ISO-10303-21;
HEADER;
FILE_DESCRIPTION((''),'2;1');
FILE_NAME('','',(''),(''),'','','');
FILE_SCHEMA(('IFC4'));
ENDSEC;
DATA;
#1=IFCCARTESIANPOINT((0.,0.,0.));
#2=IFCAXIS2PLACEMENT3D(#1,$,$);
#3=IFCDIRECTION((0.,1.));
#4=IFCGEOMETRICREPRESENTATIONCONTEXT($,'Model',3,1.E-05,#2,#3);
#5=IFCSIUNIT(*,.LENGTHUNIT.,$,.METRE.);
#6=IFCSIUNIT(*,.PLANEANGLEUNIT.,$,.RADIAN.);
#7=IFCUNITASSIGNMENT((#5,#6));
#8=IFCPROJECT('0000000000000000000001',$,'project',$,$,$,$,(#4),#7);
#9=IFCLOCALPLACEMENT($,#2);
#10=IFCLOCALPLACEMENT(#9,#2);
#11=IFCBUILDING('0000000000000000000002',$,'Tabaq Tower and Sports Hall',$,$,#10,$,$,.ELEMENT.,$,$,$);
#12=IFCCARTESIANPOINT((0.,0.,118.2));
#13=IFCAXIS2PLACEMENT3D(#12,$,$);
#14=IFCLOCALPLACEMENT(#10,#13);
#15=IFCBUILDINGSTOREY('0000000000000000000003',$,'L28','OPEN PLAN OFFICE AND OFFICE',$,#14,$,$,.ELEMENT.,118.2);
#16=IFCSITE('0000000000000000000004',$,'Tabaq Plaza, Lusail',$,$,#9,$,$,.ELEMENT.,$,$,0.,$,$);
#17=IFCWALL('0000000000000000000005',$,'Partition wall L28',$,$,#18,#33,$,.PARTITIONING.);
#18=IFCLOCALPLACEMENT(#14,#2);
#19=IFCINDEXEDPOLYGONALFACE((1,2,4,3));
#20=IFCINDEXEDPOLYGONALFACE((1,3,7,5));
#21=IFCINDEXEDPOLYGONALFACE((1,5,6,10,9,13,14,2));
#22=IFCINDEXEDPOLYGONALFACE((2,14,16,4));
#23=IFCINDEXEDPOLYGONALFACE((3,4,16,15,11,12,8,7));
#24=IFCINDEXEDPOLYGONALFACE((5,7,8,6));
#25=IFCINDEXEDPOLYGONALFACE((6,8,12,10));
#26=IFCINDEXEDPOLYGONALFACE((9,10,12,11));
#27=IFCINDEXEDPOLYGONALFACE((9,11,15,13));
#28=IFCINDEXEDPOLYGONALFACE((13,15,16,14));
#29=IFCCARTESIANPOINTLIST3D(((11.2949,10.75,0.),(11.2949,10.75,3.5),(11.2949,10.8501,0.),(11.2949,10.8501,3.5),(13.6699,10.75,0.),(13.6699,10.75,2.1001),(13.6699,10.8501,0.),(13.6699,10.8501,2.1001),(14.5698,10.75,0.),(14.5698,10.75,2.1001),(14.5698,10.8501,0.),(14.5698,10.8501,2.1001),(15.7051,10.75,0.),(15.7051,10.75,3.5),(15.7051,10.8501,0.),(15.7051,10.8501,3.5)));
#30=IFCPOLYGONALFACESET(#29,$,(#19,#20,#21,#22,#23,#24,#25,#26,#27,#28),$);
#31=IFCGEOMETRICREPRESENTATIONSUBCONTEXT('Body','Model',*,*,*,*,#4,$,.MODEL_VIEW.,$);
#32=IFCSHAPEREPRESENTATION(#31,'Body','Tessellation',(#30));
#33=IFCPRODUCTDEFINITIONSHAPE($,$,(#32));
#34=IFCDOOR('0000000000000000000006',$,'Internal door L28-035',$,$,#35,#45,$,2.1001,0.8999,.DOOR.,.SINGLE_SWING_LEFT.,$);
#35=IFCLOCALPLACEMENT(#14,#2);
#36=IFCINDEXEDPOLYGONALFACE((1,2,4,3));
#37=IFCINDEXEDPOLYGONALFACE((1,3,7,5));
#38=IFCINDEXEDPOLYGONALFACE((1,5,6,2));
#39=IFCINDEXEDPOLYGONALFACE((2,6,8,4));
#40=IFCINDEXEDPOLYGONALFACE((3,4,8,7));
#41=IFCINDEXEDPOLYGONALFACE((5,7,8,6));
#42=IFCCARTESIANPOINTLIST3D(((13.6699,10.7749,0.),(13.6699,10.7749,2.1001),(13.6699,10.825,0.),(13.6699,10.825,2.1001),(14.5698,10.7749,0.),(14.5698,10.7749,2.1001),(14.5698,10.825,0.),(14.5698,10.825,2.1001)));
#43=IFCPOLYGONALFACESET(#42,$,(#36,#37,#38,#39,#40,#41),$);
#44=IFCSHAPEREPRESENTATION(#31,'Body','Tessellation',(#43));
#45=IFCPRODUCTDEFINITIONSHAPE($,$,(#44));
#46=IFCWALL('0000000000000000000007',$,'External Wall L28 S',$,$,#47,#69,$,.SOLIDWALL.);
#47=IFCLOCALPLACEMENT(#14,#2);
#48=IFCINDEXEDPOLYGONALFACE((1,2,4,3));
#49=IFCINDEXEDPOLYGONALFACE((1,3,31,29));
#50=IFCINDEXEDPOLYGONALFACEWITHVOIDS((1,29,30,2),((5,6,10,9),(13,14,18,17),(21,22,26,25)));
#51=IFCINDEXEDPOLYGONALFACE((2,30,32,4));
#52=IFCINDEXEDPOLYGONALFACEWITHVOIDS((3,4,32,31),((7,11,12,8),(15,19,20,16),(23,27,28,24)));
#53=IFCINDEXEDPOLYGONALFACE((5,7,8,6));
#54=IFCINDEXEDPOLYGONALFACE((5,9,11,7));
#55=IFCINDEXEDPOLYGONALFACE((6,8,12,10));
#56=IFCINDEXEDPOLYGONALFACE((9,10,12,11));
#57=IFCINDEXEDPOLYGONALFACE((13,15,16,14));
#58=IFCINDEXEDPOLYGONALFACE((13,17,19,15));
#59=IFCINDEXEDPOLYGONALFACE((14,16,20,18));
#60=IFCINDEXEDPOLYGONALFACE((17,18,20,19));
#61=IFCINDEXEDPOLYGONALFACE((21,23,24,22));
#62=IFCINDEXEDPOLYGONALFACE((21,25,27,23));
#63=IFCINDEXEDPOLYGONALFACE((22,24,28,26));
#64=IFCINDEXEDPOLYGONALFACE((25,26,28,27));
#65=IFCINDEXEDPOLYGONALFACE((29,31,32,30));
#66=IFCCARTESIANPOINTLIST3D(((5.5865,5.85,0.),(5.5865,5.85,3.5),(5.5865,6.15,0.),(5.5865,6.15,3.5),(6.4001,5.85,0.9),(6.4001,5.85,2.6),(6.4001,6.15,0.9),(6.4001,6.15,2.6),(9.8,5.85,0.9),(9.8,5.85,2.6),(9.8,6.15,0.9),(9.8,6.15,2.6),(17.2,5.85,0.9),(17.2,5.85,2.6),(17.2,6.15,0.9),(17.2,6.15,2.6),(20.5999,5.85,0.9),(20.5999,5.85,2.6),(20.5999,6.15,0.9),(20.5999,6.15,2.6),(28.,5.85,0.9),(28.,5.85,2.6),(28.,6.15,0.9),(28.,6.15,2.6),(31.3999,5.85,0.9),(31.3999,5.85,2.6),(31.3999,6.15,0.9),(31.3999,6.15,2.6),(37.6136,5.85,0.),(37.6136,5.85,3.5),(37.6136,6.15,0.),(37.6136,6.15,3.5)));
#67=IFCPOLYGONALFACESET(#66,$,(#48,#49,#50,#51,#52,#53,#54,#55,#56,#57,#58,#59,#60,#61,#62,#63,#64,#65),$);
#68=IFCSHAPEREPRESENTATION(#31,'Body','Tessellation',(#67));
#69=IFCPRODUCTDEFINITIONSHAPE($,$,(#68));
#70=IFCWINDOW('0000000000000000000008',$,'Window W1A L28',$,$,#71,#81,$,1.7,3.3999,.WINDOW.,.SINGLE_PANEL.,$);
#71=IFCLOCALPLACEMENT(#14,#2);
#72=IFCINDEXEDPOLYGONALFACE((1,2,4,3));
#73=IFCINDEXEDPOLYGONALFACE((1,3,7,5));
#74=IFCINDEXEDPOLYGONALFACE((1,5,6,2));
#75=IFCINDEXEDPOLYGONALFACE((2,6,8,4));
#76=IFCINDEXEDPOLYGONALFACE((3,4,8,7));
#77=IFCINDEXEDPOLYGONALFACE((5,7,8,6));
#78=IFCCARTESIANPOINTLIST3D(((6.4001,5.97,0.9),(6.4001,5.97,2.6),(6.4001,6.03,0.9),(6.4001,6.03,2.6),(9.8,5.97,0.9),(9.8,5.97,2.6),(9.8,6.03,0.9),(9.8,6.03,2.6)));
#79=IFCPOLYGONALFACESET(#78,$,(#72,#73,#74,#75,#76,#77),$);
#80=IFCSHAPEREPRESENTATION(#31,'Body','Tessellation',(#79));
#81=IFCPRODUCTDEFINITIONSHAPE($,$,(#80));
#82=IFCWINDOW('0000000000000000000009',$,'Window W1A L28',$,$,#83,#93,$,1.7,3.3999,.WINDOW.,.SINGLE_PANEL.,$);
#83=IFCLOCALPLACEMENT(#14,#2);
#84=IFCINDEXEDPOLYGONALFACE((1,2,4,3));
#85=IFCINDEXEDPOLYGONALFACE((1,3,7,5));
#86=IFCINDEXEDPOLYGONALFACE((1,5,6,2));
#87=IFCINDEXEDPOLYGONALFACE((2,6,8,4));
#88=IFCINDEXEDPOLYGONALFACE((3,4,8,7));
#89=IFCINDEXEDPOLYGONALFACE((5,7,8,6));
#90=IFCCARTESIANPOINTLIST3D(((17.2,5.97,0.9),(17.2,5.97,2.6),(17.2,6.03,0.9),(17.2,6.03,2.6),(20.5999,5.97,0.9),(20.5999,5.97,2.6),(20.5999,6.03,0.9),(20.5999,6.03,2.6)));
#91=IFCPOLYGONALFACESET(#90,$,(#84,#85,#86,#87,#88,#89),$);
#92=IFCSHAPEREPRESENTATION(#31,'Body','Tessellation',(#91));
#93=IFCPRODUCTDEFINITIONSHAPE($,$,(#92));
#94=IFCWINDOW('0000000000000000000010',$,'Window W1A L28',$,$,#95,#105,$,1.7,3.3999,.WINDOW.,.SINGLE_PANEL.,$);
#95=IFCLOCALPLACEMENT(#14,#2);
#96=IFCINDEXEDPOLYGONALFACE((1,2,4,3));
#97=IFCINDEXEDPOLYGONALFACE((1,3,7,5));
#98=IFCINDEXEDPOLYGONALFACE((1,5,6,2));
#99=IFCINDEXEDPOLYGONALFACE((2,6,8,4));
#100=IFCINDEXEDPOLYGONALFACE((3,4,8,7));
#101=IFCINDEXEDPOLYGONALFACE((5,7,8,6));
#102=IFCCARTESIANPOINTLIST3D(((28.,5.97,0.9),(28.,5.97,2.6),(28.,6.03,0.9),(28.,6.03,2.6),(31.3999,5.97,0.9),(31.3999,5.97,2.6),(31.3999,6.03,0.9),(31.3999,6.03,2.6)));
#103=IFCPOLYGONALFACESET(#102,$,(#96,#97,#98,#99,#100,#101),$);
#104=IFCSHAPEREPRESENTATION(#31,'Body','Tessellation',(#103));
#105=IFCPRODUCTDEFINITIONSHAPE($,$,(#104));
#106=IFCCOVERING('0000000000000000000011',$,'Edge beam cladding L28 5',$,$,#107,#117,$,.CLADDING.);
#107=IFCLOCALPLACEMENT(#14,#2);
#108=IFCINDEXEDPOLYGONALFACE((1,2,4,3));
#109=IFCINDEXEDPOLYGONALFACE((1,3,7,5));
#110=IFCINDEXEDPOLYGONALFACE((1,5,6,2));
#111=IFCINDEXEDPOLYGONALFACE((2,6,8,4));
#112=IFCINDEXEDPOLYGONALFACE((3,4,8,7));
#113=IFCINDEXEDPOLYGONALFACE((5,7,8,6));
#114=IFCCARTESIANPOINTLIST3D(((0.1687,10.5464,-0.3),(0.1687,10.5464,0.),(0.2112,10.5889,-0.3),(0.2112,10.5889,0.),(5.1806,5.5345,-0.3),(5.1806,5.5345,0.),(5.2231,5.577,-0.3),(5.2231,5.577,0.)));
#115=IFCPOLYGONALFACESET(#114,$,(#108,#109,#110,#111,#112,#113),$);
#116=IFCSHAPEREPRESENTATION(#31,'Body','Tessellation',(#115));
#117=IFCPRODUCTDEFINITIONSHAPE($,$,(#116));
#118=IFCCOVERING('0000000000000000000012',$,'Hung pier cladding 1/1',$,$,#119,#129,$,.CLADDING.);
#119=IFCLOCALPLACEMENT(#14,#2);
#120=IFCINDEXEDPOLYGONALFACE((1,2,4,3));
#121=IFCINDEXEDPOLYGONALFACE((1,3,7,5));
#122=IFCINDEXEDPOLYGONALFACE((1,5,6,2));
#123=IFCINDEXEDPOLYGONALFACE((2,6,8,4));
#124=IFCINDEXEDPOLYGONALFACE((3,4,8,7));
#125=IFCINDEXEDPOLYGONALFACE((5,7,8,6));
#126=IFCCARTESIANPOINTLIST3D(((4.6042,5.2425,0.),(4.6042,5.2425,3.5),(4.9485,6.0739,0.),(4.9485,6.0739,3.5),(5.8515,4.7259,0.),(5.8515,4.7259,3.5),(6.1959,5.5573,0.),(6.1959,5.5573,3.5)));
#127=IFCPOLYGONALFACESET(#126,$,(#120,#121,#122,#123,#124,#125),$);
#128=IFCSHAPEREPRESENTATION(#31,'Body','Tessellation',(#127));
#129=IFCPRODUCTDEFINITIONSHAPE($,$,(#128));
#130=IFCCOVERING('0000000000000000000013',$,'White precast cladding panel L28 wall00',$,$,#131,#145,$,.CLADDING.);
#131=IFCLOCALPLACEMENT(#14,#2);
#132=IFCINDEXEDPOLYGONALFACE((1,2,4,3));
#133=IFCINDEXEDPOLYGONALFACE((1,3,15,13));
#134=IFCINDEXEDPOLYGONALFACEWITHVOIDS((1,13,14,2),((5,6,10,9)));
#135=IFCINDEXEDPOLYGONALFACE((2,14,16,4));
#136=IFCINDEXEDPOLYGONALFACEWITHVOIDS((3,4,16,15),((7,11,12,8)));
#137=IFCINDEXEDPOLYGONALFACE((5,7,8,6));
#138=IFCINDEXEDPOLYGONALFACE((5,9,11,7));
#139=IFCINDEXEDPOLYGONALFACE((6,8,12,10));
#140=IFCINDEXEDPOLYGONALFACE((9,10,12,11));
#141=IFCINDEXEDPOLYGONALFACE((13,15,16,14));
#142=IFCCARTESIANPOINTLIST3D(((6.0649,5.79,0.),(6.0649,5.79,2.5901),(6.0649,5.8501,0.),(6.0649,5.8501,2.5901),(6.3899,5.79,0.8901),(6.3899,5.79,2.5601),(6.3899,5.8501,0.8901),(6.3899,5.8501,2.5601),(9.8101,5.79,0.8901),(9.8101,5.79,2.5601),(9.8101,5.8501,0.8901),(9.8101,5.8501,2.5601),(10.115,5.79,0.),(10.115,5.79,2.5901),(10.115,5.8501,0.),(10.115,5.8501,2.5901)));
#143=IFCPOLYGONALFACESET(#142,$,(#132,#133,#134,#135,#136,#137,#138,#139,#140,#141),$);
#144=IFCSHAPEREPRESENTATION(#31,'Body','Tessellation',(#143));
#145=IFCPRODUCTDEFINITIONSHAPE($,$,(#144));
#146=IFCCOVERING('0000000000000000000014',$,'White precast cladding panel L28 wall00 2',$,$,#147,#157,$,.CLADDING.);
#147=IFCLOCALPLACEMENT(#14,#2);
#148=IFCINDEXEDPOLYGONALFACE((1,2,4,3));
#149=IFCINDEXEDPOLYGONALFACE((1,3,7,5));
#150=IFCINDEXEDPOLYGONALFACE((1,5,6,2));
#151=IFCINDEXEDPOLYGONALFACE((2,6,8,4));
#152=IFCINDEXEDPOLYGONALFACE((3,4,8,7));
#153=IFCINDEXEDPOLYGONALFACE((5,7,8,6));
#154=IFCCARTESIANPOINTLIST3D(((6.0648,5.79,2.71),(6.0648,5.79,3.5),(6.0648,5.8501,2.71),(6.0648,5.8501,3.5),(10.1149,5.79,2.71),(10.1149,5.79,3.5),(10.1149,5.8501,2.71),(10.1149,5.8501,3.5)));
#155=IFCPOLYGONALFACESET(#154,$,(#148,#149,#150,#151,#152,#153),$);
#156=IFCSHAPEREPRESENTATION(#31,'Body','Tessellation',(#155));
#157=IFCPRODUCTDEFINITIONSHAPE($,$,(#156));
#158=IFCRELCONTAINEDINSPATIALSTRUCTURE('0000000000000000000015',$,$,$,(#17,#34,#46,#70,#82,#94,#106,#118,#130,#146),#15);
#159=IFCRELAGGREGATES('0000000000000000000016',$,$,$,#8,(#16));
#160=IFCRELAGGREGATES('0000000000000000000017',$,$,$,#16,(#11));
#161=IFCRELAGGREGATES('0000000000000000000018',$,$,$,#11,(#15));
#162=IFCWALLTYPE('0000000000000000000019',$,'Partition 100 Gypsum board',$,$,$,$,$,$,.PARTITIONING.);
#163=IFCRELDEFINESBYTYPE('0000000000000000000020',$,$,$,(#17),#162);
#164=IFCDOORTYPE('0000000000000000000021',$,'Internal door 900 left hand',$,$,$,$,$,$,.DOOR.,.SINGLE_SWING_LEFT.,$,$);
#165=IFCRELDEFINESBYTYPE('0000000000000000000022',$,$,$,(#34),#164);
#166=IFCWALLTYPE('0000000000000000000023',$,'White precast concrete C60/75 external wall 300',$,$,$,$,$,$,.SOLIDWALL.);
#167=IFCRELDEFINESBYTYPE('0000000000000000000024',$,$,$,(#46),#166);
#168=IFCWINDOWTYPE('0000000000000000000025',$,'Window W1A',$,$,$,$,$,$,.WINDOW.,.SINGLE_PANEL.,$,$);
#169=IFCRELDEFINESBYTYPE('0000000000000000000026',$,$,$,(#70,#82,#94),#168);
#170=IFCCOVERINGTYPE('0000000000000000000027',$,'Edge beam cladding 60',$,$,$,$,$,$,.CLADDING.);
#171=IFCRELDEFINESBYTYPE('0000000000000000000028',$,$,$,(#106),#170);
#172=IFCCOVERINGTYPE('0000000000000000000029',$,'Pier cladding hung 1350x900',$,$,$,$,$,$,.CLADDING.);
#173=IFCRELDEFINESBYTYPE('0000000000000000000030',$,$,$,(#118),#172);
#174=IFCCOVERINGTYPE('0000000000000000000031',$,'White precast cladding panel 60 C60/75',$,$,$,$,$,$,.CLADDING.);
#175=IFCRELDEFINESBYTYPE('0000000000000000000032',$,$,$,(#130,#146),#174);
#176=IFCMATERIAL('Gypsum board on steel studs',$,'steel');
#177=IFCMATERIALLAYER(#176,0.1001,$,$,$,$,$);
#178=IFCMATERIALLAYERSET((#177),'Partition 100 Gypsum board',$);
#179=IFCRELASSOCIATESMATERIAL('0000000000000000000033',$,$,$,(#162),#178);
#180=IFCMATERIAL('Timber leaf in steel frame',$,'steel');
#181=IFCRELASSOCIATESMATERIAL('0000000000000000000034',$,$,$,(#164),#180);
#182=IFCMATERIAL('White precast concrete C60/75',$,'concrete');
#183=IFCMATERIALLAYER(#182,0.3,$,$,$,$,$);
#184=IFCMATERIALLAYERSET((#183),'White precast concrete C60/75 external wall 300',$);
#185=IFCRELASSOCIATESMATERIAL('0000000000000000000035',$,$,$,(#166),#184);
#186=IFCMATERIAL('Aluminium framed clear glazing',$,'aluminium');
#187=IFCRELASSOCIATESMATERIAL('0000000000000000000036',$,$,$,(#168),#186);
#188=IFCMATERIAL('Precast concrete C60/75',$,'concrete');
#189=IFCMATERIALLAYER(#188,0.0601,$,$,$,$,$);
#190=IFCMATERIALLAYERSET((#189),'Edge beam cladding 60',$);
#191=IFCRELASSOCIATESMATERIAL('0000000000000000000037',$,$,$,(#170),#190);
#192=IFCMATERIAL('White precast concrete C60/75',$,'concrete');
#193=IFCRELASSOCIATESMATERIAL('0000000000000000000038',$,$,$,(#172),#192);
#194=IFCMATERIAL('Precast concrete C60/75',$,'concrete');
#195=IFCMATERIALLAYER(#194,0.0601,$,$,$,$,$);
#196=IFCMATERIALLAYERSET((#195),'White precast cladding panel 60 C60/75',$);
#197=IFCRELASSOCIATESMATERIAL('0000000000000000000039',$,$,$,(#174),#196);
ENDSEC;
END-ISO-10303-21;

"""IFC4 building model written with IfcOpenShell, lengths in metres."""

from ifc_helpers import new_model, si_unit, direction, frame, frame_2d, origin, place, context, subcontext, project, spatial, polyline, rectangle, outline, extrude, material, layer, layer_set, type_object, element, fill, save


model = new_model("IFC4")

# Units and contexts
model_context = context("Model", 3, precision=1e-05, world=origin(), true_north=direction((0.0, 1.0)))
body_context = subcontext(model_context, "Body", "Model", "MODEL_VIEW")
ifc_project = project(units=[si_unit("LENGTHUNIT", "METRE"), si_unit("PLANEANGLEUNIT", "RADIAN")], contexts=[model_context])

# Site, building, storey
site_placement = place(None, origin())
site = spatial("IfcSite", under=ifc_project, at=site_placement, Name="Tabaq Plaza, Lusail", CompositionType="ELEMENT", RefElevation=0.0)
building_placement = place(site_placement, origin())
building = spatial("IfcBuilding", under=site, at=building_placement, Name="Tabaq Tower and Sports Hall", CompositionType="ELEMENT")
storey_placement = place(building_placement, frame((0.0, 0.0, 118.2)))
storey = spatial("IfcBuildingStorey", under=building, at=storey_placement, Name="L28", Description="OPEN PLAN OFFICE AND OFFICE", CompositionType="ELEMENT", Elevation=118.2)

# Shared definitions
ifc_material_1 = material(Name="Gypsum board on steel studs", Category="steel")
ifc_layer_1 = layer(ifc_material_1, 0.1001)
ifc_layer_set_1 = layer_set([ifc_layer_1], Name="Partition 100 Gypsum board")
wall_type_1 = type_object("IfcWallType", Name="Partition 100 Gypsum board", PredefinedType="PARTITIONING", material=ifc_layer_set_1)

# Wall, opening, door
ifc_material_2 = material(Name="Timber leaf in steel frame", Category="steel")
door_type = type_object("IfcDoorType", Name="Internal door 900 left hand", OperationType="SINGLE_SWING_LEFT", PredefinedType="DOOR", material=ifc_material_2)
wall_1_placement = place(storey_placement, frame((11.2949, 10.8, 0.0), z_axis=(0.0, 0.0, 1.0), x_axis=(1.0, 0.0, 0.0)))
wall_1 = element("IfcWall", 1, at=wall_1_placement, inside=storey, type_object=wall_type_1, Name="Partition wall L28", PredefinedType="PARTITIONING", context=body_context, shape_type="SweptSolid", body=[
    extrude(rectangle(XDim=4.4102, YDim=0.1001, at=frame_2d((2.2051, 0.0))), origin(), (0.0, 0.0, 1.0), 3.5),
])
opening_1_placement = place(wall_1_placement, frame((2.375, 0.0, 0.0)))
opening_1 = element("IfcOpeningElement", 2, at=opening_1_placement, cuts=wall_1, PredefinedType="OPENING", context=body_context, shape_type="SweptSolid", body=[
    extrude(rectangle(XDim=0.8999, YDim=2.1001, at=frame_2d((0.45, 1.05))), frame((0.0, 0.05, 0.0), z_axis=(0.0, -1.0, 0.0), x_axis=(1.0, 0.0, 0.0)), (0.0, 0.0, 1.0), 0.1001),
])
door_1_placement = place(opening_1_placement, origin())
door_1 = element("IfcDoor", 3, at=door_1_placement, inside=storey, type_object=door_type, Name="Internal door L28-035", OperationType="SINGLE_SWING_LEFT", OverallHeight=2.1001, OverallWidth=0.8999, PredefinedType="DOOR", context=body_context, shape_type="SweptSolid", body=[
    extrude(rectangle(XDim=0.8999, YDim=2.1001, at=frame_2d((0.45, 1.05))), frame((0.0, 0.0249, 0.0), z_axis=(0.0, -1.0, 0.0), x_axis=(1.0, 0.0, 0.0)), (0.0, 0.0, 1.0), 0.05),
])
fill(opening_1, door_1)

# Wall, openings, windows
ifc_material_3 = material(Name="White precast concrete C60/75", Category="concrete")
ifc_layer_2 = layer(ifc_material_3, 0.3)
ifc_layer_set_2 = layer_set([ifc_layer_2], Name="White precast concrete C60/75 external wall 300")
wall_type_2 = type_object("IfcWallType", Name="White precast concrete C60/75 external wall 300", PredefinedType="SOLIDWALL", material=ifc_layer_set_2)
wall_2_placement = place(storey_placement, frame((5.5864, 6.0, 0.0), z_axis=(0.0, 0.0, 1.0), x_axis=(1.0, 0.0, 0.0)))
wall_2 = element("IfcWall", 4, at=wall_2_placement, inside=storey, type_object=wall_type_2, Name="External Wall L28 S", PredefinedType="SOLIDWALL", context=body_context, shape_type="SweptSolid", body=[
    extrude(rectangle(XDim=32.0271, YDim=0.3, at=frame_2d((16.0137, 0.0))), origin(), (0.0, 0.0, 1.0), 3.5),
])
opening_2_placement = place(wall_2_placement, frame((0.8137, 0.0, 0.8999)))
opening_2 = element("IfcOpeningElement", 5, at=opening_2_placement, cuts=wall_2, PredefinedType="OPENING", context=body_context, shape_type="SweptSolid", body=[
    extrude(rectangle(XDim=3.3999, YDim=1.7, at=frame_2d((1.7, 0.8501))), frame((0.0, 0.1602, 0.0), z_axis=(0.0, -1.0, 0.0), x_axis=(1.0, 0.0, 0.0)), (0.0, 0.0, 1.0), 0.3201),
])
opening_3_placement = place(wall_2_placement, frame((11.6135, 0.0, 0.8999)))
opening_3 = element("IfcOpeningElement", 6, at=opening_3_placement, cuts=wall_2, PredefinedType="OPENING", context=body_context, shape_type="SweptSolid", body=[
    extrude(rectangle(XDim=3.3999, YDim=1.7, at=frame_2d((1.7, 0.8501))), frame((0.0, 0.1602, 0.0), z_axis=(0.0, -1.0, 0.0), x_axis=(1.0, 0.0, 0.0)), (0.0, 0.0, 1.0), 0.3201),
])
opening_4_placement = place(wall_2_placement, frame((22.4136, 0.0, 0.8999)))
opening_4 = element("IfcOpeningElement", 7, at=opening_4_placement, cuts=wall_2, PredefinedType="OPENING", context=body_context, shape_type="SweptSolid", body=[
    extrude(rectangle(XDim=3.3999, YDim=1.7, at=frame_2d((1.7, 0.8501))), frame((0.0, 0.1602, 0.0), z_axis=(0.0, -1.0, 0.0), x_axis=(1.0, 0.0, 0.0)), (0.0, 0.0, 1.0), 0.3201),
])
ifc_material_4 = material(Name="Aluminium framed clear glazing", Category="aluminium")
window_type = type_object("IfcWindowType", Name="Window W1A", PartitioningType="SINGLE_PANEL", PredefinedType="WINDOW", material=ifc_material_4)
window_1_placement = place(opening_2_placement, origin())
window_1 = element("IfcWindow", 8, at=window_1_placement, inside=storey, type_object=window_type, Name="Window W1A L28", OverallHeight=1.7, OverallWidth=3.3999, PartitioningType="SINGLE_PANEL", PredefinedType="WINDOW", context=body_context, shape_type="SweptSolid", body=[
    extrude(rectangle(XDim=3.3999, YDim=1.7, at=frame_2d((1.7, 0.8501))), frame((0.0, 0.03, 0.0), z_axis=(0.0, -1.0, 0.0), x_axis=(1.0, 0.0, 0.0)), (0.0, 0.0, 1.0), 0.0601),
])
fill(opening_2, window_1)
window_2_placement = place(opening_3_placement, origin())
window_2 = element("IfcWindow", 9, at=window_2_placement, inside=storey, type_object=window_type, Name="Window W1A L28", OverallHeight=1.7, OverallWidth=3.3999, PartitioningType="SINGLE_PANEL", PredefinedType="WINDOW", context=body_context, shape_type="SweptSolid", body=[
    extrude(rectangle(XDim=3.3999, YDim=1.7, at=frame_2d((1.7, 0.8501))), frame((0.0, 0.03, 0.0), z_axis=(0.0, -1.0, 0.0), x_axis=(1.0, 0.0, 0.0)), (0.0, 0.0, 1.0), 0.0601),
])
fill(opening_3, window_2)
window_3_placement = place(opening_4_placement, origin())
window_3 = element("IfcWindow", 10, at=window_3_placement, inside=storey, type_object=window_type, Name="Window W1A L28", OverallHeight=1.7, OverallWidth=3.3999, PartitioningType="SINGLE_PANEL", PredefinedType="WINDOW", context=body_context, shape_type="SweptSolid", body=[
    extrude(rectangle(XDim=3.3999, YDim=1.7, at=frame_2d((1.7, 0.8501))), frame((0.0, 0.03, 0.0), z_axis=(0.0, -1.0, 0.0), x_axis=(1.0, 0.0, 0.0)), (0.0, 0.0, 1.0), 0.0601),
])
fill(opening_4, window_3)

# Coverings
ifc_material_5 = material(Name="Precast concrete C60/75", Category="concrete")
ifc_layer_3 = layer(ifc_material_5, 0.0601)
ifc_layer_set_3 = layer_set([ifc_layer_3], Name="Edge beam cladding 60")
covering_type_1 = type_object("IfcCoveringType", Name="Edge beam cladding 60", PredefinedType="CLADDING", material=ifc_layer_set_3)
covering_1_placement = place(storey_placement, frame((0.1899, 10.5676, -0.3), z_axis=(0.0, 0.0, 1.0), x_axis=(0.707107, -0.707107, 0.0)))
element("IfcCovering", 11, at=covering_1_placement, inside=storey, type_object=covering_type_1, Name="Edge beam cladding L28 5", PredefinedType="CLADDING", context=body_context, shape_type="SweptSolid", body=[
    extrude(rectangle(XDim=7.0879, YDim=0.0601, at=frame_2d((3.5439, 0.0))), origin(), (0.0, 0.0, 1.0), 0.3),
])
ifc_material_6 = material(Name="White precast concrete C60/75", Category="concrete")
covering_type_2 = type_object("IfcCoveringType", Name="Pier cladding hung 1350x900", PredefinedType="CLADDING", material=ifc_material_6)
covering_2_placement = place(storey_placement, frame((4.7764, 5.6582, 0.0), z_axis=(0.0, 0.0, 1.0), x_axis=(0.923893, -0.38265, 0.0)))
element("IfcCovering", 12, at=covering_2_placement, inside=storey, type_object=covering_type_2, Name="Hung pier cladding 1/1", PredefinedType="CLADDING", context=body_context, shape_type="SweptSolid", body=[
    extrude(rectangle(XDim=1.3501, YDim=0.8999, at=frame_2d((0.675, 0.0))), origin(), (0.0, 0.0, 1.0), 3.5),
])
ifc_material_7 = material(Name="Precast concrete C60/75", Category="concrete")
ifc_layer_4 = layer(ifc_material_7, 0.0601)
ifc_layer_set_4 = layer_set([ifc_layer_4], Name="White precast cladding panel 60 C60/75")
covering_type_3 = type_object("IfcCoveringType", Name="White precast cladding panel 60 C60/75", PredefinedType="CLADDING", material=ifc_layer_set_4)
covering_3_placement = place(storey_placement, frame((6.0649, 5.8201, 0.0), z_axis=(0.0, 0.0, 1.0), x_axis=(1.0, 0.0, 0.0)))
element("IfcCovering", 13, at=covering_3_placement, inside=storey, type_object=covering_type_3, Name="White precast cladding panel L28 wall00", PredefinedType="CLADDING", context=body_context, shape_type="SweptSolid", body=[
    extrude(outline(polyline([(0.0, 0.0), (4.05, 0.0), (4.05, 2.5901), (0.0, 2.5901), (0.0, 0.0)]), holes=[polyline([(3.7451, 0.8901), (0.325, 0.8901), (0.325, 2.5601), (3.7451, 2.5601), (3.7451, 0.8901)])]), frame((0.0, 0.03, 0.0), z_axis=(0.0, -1.0, 0.0), x_axis=(1.0, 0.0, 0.0)), (0.0, 0.0, 1.0), 0.0601),
])
covering_4_placement = place(storey_placement, frame((6.0649, 5.8201, 2.71), z_axis=(0.0, 0.0, 1.0), x_axis=(1.0, 0.0, 0.0)))
element("IfcCovering", 14, at=covering_4_placement, inside=storey, type_object=covering_type_3, Name="White precast cladding panel L28 wall00 2", PredefinedType="CLADDING", context=body_context, shape_type="SweptSolid", body=[
    extrude(rectangle(XDim=4.05, YDim=0.0601, at=frame_2d((2.0249, 0.0))), origin(), (0.0, 0.0, 1.0), 0.79),
])

save(model, "model.ifc")
